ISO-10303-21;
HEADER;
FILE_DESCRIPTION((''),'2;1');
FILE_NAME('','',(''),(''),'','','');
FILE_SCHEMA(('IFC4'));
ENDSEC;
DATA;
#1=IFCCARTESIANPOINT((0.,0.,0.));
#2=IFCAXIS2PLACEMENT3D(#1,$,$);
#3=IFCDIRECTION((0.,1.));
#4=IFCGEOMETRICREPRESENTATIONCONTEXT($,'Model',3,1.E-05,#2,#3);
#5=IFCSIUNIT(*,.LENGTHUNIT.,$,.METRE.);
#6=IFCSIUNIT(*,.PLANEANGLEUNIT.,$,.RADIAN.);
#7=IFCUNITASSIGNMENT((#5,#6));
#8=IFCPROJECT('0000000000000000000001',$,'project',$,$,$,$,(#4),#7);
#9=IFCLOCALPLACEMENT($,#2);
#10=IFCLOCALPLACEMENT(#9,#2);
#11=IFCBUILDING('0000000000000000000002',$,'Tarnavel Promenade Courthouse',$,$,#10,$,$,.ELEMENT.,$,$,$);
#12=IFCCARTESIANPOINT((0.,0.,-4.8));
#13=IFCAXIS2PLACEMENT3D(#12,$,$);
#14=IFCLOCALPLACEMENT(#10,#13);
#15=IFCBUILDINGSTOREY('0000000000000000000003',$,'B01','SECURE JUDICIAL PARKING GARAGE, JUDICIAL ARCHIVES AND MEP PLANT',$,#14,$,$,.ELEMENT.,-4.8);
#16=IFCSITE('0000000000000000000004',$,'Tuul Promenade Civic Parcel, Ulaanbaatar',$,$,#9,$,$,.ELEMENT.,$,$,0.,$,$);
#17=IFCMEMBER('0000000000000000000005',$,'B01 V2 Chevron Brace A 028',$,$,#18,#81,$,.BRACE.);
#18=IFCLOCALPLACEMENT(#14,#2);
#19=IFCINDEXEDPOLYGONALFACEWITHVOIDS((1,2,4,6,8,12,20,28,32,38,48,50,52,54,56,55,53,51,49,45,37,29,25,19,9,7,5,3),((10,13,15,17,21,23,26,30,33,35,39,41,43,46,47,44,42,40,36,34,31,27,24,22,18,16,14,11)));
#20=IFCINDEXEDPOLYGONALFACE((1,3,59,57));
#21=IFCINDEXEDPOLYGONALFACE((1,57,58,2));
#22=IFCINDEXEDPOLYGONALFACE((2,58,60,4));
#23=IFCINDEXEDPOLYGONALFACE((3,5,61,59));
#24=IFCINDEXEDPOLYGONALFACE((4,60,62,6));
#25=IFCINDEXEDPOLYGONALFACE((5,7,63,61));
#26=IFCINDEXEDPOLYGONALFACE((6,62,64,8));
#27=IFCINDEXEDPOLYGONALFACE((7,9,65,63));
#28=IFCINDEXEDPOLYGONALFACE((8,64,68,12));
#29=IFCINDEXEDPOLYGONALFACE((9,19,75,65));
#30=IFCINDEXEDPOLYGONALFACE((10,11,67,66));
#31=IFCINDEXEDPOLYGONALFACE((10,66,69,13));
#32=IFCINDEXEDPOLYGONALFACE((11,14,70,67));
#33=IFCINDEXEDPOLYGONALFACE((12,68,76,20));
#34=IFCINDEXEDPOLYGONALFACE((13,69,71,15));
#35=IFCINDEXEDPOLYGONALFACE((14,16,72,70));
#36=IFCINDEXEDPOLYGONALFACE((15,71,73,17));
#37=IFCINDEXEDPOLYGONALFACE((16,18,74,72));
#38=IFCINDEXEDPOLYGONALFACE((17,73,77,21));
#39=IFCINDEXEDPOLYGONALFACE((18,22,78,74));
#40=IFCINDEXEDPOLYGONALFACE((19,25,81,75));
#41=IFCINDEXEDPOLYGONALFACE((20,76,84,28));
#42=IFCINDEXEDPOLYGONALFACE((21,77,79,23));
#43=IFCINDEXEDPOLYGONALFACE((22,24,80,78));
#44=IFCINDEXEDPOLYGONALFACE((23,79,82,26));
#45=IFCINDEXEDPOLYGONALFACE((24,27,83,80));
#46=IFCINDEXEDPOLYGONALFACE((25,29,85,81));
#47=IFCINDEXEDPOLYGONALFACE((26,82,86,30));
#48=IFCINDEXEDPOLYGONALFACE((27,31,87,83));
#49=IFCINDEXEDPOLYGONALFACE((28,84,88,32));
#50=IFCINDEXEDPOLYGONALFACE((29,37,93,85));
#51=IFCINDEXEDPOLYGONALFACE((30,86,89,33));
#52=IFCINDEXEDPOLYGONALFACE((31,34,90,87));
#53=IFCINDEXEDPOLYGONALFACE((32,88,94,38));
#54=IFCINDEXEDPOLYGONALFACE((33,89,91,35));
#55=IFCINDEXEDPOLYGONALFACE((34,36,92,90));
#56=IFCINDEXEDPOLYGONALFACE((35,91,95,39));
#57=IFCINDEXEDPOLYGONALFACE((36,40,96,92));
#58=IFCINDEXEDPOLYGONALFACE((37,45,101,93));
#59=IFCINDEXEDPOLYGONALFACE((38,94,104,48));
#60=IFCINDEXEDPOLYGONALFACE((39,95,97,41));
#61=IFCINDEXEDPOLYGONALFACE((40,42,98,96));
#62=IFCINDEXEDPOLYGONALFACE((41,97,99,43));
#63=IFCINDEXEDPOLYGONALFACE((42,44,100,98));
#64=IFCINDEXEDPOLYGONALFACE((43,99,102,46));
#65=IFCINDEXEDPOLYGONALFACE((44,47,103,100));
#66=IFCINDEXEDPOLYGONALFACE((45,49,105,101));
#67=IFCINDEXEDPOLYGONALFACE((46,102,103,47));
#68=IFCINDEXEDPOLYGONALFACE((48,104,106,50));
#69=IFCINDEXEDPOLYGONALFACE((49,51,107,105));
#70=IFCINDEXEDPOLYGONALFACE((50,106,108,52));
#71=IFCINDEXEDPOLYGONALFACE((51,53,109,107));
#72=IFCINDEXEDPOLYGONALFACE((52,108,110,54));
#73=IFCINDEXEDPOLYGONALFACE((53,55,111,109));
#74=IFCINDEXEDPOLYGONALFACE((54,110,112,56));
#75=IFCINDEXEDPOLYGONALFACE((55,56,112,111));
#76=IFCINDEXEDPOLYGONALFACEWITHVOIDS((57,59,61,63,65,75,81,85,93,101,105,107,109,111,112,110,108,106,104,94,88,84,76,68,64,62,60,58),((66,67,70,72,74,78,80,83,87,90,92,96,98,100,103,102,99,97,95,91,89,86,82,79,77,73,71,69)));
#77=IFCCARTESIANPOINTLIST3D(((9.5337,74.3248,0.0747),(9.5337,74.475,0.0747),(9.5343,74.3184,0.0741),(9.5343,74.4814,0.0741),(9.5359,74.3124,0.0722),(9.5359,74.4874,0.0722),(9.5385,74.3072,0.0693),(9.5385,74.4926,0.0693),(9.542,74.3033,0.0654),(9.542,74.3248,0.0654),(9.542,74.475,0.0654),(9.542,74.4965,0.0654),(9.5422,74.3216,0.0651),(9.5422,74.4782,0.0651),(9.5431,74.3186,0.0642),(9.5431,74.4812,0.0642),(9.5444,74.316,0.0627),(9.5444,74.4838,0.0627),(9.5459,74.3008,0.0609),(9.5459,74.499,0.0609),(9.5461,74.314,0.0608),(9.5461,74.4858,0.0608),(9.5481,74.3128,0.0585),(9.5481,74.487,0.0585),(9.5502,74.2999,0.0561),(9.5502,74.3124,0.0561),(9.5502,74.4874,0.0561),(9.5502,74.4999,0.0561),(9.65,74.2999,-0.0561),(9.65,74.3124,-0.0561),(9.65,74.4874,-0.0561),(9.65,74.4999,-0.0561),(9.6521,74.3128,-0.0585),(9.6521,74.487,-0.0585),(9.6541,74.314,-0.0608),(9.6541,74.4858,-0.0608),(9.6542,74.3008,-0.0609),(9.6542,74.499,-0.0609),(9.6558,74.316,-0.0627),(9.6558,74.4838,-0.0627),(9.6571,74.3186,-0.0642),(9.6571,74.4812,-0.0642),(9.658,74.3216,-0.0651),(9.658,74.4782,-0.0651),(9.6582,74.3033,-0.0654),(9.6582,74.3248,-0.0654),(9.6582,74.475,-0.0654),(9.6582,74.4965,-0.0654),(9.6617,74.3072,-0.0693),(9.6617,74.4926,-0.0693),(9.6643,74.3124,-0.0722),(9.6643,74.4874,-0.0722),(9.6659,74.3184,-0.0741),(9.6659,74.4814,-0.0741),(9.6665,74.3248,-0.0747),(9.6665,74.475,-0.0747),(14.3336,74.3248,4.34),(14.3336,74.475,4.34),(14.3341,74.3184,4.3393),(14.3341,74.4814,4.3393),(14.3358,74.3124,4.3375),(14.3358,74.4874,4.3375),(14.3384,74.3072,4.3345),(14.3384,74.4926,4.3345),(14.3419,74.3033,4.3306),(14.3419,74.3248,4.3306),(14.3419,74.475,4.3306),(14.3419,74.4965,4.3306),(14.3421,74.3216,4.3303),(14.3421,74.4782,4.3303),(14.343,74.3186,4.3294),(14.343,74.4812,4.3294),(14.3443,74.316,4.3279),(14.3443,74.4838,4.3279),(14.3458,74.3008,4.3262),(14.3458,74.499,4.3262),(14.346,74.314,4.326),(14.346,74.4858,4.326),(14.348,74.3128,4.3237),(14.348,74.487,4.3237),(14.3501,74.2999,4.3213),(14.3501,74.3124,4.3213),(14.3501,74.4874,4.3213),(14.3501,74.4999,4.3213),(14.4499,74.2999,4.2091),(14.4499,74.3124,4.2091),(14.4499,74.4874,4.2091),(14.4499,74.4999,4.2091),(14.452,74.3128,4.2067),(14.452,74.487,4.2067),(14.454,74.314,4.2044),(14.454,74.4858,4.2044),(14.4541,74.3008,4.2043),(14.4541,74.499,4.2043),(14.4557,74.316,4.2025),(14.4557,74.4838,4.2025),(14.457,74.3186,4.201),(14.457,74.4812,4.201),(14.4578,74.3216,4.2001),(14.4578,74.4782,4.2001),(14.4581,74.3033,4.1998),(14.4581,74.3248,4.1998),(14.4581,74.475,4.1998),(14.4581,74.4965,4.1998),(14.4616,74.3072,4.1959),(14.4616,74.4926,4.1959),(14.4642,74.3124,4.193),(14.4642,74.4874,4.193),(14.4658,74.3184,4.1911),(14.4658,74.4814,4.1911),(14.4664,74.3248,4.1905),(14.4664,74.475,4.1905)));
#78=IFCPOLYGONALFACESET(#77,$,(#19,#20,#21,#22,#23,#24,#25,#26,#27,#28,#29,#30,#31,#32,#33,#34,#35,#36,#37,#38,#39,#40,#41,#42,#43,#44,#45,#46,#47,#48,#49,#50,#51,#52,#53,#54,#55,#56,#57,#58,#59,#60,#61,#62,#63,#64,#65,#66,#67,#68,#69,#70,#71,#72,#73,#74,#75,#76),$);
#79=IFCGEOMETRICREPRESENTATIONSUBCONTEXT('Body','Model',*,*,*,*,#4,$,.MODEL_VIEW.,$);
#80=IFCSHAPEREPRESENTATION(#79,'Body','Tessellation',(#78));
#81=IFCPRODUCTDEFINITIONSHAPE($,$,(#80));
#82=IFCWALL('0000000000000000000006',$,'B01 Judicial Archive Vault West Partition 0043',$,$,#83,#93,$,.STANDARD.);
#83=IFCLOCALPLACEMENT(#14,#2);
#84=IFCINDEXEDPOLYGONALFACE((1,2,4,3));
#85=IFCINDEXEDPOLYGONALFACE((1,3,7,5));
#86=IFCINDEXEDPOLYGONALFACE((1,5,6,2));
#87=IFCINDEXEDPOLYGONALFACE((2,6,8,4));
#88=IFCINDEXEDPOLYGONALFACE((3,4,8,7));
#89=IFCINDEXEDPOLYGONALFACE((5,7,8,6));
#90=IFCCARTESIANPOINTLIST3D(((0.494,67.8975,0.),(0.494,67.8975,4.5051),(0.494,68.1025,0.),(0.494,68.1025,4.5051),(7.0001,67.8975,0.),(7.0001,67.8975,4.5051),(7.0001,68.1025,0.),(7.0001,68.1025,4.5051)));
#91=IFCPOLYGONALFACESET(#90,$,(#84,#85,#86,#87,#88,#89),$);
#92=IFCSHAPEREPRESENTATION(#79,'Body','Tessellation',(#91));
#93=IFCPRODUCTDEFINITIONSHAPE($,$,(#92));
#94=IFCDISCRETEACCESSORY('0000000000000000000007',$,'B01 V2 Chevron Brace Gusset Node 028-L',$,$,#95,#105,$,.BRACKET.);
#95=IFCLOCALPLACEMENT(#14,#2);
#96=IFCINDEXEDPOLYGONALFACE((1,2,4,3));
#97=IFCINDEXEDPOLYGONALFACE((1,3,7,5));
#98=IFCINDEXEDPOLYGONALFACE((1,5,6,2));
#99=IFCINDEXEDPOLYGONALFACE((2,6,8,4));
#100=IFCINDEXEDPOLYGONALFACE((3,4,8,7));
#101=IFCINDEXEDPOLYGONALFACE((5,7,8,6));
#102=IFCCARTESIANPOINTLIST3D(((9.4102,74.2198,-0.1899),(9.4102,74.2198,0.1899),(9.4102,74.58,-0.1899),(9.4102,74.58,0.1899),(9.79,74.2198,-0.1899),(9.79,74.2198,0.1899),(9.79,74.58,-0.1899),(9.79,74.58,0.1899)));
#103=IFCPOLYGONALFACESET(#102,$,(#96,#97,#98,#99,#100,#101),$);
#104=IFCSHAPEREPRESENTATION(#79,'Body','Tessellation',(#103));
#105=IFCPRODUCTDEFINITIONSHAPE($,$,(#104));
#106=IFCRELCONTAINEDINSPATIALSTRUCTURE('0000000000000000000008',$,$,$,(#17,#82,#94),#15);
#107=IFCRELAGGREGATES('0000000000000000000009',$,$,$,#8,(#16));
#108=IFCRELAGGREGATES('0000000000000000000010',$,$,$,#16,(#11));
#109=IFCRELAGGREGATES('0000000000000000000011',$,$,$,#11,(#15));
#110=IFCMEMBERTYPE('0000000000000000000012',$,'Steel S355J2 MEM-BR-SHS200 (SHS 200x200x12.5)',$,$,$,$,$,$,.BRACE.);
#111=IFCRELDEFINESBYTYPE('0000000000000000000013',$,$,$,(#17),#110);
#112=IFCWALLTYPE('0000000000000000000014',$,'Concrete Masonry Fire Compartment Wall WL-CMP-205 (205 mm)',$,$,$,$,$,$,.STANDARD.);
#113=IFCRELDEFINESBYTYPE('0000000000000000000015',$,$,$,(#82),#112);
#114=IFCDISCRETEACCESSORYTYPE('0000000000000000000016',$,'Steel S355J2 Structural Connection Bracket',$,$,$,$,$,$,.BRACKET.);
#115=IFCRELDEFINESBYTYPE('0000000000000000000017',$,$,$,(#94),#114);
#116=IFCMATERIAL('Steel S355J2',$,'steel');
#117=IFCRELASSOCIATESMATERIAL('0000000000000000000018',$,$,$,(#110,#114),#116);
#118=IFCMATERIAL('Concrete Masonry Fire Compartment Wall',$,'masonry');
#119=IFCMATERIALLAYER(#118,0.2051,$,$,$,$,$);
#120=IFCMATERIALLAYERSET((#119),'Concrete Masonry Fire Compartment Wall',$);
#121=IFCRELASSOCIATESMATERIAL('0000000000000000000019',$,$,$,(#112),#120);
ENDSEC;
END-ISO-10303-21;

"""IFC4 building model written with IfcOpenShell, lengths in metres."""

from ifc_helpers import new_model, si_unit, direction, frame, frame_2d, origin, origin_2d, place, context, subcontext, project, spatial, rectangle, hollow_rectangle, extrude, material, layer, layer_set, material_profile, profile_set, type_object, element, save


model = new_model("IFC4")

# Units and contexts
model_context = context("Model", 3, precision=1e-05, world=origin(), true_north=direction((0.0, 1.0)))
body_context = subcontext(model_context, "Body", "Model", "MODEL_VIEW")
ifc_project = project(units=[si_unit("LENGTHUNIT", "METRE"), si_unit("PLANEANGLEUNIT", "RADIAN")], contexts=[model_context])

# Site, building, storey
site_placement = place(None, origin())
site = spatial("IfcSite", under=ifc_project, at=site_placement, Name="Tuul Promenade Civic Parcel, Ulaanbaatar", CompositionType="ELEMENT", RefElevation=0.0)
building_placement = place(site_placement, origin())
building = spatial("IfcBuilding", under=site, at=building_placement, Name="Tarnavel Promenade Courthouse", CompositionType="ELEMENT")
storey_placement = place(building_placement, frame((0.0, 0.0, -4.8)))
storey = spatial("IfcBuildingStorey", under=building, at=storey_placement, Name="B01", Description="SECURE JUDICIAL PARKING GARAGE, JUDICIAL ARCHIVES AND MEP PLANT", CompositionType="ELEMENT", Elevation=-4.8)

# Member
ifc_material_1 = material(Name="Steel S355J2", Category="steel")
ifc_material_profile_1 = material_profile(ifc_material_1, hollow_rectangle(XDim=0.2, YDim=0.2, WallThickness=0.0125, InnerFilletRadius=0.0125, OuterFilletRadius=0.0249, at=origin_2d()), Name="SHS 200x200x12.5")
ifc_profile_set_1 = profile_set([ifc_material_profile_1], Name="Steel S355J2")
member_type = type_object("IfcMemberType", Name="Steel S355J2 MEM-BR-SHS200 (SHS 200x200x12.5)", PredefinedType="BRACE", material=ifc_profile_set_1)
member_placement = place(storey_placement, frame((9.6001, 74.3999, 0.0), z_axis=(0.747514, 0.0, 0.664246), x_axis=(0.0, 1.0, 0.0)))
element("IfcMember", 1, at=member_placement, inside=storey, type_object=member_type, Name="B01 V2 Chevron Brace A 028", PredefinedType="BRACE", context=body_context, shape_type="SweptSolid", body=[
    extrude(hollow_rectangle(XDim=0.2, YDim=0.2, WallThickness=0.0125, InnerFilletRadius=0.0125, OuterFilletRadius=0.0249, at=origin_2d()), origin(), (0.0, 0.0, 1.0), 6.4211),
])

# Wall
ifc_material_2 = material(Name="Concrete Masonry Fire Compartment Wall", Category="masonry")
ifc_layer = layer(ifc_material_2, 0.2051)
ifc_layer_set = layer_set([ifc_layer], Name="Concrete Masonry Fire Compartment Wall")
wall_type = type_object("IfcWallType", Name="Concrete Masonry Fire Compartment Wall WL-CMP-205 (205 mm)", PredefinedType="STANDARD", material=ifc_layer_set)
wall_placement = place(storey_placement, frame((7.0, 68.0, 0.0), z_axis=(0.0, 0.0, 1.0), x_axis=(-1.0, 0.0, 0.0)))
element("IfcWall", 2, at=wall_placement, inside=storey, type_object=wall_type, Name="B01 Judicial Archive Vault West Partition 0043", PredefinedType="STANDARD", context=body_context, shape_type="SweptSolid", body=[
    extrude(rectangle(XDim=6.5061, YDim=0.2051, at=frame_2d((3.2529, 0.0))), origin(), (0.0, 0.0, 1.0), 4.5051),
])

# Discrete accessory
discrete_accessory_type = type_object("IfcDiscreteAccessoryType", Name="Steel S355J2 Structural Connection Bracket", PredefinedType="BRACKET", material=ifc_material_1)
discrete_accessory_placement = place(storey_placement, frame((9.6001, 74.3999, -0.1899), z_axis=(0.0, 0.0, 1.0), x_axis=(1.0, 0.0, 0.0)))
element("IfcDiscreteAccessory", 3, at=discrete_accessory_placement, inside=storey, type_object=discrete_accessory_type, Name="B01 V2 Chevron Brace Gusset Node 028-L", PredefinedType="BRACKET", context=body_context, shape_type="SweptSolid", body=[
    extrude(rectangle(XDim=0.3799, YDim=0.3601, at=origin_2d()), origin(), (0.0, 0.0, 1.0), 0.3799),
])

save(model, "model.ifc")
